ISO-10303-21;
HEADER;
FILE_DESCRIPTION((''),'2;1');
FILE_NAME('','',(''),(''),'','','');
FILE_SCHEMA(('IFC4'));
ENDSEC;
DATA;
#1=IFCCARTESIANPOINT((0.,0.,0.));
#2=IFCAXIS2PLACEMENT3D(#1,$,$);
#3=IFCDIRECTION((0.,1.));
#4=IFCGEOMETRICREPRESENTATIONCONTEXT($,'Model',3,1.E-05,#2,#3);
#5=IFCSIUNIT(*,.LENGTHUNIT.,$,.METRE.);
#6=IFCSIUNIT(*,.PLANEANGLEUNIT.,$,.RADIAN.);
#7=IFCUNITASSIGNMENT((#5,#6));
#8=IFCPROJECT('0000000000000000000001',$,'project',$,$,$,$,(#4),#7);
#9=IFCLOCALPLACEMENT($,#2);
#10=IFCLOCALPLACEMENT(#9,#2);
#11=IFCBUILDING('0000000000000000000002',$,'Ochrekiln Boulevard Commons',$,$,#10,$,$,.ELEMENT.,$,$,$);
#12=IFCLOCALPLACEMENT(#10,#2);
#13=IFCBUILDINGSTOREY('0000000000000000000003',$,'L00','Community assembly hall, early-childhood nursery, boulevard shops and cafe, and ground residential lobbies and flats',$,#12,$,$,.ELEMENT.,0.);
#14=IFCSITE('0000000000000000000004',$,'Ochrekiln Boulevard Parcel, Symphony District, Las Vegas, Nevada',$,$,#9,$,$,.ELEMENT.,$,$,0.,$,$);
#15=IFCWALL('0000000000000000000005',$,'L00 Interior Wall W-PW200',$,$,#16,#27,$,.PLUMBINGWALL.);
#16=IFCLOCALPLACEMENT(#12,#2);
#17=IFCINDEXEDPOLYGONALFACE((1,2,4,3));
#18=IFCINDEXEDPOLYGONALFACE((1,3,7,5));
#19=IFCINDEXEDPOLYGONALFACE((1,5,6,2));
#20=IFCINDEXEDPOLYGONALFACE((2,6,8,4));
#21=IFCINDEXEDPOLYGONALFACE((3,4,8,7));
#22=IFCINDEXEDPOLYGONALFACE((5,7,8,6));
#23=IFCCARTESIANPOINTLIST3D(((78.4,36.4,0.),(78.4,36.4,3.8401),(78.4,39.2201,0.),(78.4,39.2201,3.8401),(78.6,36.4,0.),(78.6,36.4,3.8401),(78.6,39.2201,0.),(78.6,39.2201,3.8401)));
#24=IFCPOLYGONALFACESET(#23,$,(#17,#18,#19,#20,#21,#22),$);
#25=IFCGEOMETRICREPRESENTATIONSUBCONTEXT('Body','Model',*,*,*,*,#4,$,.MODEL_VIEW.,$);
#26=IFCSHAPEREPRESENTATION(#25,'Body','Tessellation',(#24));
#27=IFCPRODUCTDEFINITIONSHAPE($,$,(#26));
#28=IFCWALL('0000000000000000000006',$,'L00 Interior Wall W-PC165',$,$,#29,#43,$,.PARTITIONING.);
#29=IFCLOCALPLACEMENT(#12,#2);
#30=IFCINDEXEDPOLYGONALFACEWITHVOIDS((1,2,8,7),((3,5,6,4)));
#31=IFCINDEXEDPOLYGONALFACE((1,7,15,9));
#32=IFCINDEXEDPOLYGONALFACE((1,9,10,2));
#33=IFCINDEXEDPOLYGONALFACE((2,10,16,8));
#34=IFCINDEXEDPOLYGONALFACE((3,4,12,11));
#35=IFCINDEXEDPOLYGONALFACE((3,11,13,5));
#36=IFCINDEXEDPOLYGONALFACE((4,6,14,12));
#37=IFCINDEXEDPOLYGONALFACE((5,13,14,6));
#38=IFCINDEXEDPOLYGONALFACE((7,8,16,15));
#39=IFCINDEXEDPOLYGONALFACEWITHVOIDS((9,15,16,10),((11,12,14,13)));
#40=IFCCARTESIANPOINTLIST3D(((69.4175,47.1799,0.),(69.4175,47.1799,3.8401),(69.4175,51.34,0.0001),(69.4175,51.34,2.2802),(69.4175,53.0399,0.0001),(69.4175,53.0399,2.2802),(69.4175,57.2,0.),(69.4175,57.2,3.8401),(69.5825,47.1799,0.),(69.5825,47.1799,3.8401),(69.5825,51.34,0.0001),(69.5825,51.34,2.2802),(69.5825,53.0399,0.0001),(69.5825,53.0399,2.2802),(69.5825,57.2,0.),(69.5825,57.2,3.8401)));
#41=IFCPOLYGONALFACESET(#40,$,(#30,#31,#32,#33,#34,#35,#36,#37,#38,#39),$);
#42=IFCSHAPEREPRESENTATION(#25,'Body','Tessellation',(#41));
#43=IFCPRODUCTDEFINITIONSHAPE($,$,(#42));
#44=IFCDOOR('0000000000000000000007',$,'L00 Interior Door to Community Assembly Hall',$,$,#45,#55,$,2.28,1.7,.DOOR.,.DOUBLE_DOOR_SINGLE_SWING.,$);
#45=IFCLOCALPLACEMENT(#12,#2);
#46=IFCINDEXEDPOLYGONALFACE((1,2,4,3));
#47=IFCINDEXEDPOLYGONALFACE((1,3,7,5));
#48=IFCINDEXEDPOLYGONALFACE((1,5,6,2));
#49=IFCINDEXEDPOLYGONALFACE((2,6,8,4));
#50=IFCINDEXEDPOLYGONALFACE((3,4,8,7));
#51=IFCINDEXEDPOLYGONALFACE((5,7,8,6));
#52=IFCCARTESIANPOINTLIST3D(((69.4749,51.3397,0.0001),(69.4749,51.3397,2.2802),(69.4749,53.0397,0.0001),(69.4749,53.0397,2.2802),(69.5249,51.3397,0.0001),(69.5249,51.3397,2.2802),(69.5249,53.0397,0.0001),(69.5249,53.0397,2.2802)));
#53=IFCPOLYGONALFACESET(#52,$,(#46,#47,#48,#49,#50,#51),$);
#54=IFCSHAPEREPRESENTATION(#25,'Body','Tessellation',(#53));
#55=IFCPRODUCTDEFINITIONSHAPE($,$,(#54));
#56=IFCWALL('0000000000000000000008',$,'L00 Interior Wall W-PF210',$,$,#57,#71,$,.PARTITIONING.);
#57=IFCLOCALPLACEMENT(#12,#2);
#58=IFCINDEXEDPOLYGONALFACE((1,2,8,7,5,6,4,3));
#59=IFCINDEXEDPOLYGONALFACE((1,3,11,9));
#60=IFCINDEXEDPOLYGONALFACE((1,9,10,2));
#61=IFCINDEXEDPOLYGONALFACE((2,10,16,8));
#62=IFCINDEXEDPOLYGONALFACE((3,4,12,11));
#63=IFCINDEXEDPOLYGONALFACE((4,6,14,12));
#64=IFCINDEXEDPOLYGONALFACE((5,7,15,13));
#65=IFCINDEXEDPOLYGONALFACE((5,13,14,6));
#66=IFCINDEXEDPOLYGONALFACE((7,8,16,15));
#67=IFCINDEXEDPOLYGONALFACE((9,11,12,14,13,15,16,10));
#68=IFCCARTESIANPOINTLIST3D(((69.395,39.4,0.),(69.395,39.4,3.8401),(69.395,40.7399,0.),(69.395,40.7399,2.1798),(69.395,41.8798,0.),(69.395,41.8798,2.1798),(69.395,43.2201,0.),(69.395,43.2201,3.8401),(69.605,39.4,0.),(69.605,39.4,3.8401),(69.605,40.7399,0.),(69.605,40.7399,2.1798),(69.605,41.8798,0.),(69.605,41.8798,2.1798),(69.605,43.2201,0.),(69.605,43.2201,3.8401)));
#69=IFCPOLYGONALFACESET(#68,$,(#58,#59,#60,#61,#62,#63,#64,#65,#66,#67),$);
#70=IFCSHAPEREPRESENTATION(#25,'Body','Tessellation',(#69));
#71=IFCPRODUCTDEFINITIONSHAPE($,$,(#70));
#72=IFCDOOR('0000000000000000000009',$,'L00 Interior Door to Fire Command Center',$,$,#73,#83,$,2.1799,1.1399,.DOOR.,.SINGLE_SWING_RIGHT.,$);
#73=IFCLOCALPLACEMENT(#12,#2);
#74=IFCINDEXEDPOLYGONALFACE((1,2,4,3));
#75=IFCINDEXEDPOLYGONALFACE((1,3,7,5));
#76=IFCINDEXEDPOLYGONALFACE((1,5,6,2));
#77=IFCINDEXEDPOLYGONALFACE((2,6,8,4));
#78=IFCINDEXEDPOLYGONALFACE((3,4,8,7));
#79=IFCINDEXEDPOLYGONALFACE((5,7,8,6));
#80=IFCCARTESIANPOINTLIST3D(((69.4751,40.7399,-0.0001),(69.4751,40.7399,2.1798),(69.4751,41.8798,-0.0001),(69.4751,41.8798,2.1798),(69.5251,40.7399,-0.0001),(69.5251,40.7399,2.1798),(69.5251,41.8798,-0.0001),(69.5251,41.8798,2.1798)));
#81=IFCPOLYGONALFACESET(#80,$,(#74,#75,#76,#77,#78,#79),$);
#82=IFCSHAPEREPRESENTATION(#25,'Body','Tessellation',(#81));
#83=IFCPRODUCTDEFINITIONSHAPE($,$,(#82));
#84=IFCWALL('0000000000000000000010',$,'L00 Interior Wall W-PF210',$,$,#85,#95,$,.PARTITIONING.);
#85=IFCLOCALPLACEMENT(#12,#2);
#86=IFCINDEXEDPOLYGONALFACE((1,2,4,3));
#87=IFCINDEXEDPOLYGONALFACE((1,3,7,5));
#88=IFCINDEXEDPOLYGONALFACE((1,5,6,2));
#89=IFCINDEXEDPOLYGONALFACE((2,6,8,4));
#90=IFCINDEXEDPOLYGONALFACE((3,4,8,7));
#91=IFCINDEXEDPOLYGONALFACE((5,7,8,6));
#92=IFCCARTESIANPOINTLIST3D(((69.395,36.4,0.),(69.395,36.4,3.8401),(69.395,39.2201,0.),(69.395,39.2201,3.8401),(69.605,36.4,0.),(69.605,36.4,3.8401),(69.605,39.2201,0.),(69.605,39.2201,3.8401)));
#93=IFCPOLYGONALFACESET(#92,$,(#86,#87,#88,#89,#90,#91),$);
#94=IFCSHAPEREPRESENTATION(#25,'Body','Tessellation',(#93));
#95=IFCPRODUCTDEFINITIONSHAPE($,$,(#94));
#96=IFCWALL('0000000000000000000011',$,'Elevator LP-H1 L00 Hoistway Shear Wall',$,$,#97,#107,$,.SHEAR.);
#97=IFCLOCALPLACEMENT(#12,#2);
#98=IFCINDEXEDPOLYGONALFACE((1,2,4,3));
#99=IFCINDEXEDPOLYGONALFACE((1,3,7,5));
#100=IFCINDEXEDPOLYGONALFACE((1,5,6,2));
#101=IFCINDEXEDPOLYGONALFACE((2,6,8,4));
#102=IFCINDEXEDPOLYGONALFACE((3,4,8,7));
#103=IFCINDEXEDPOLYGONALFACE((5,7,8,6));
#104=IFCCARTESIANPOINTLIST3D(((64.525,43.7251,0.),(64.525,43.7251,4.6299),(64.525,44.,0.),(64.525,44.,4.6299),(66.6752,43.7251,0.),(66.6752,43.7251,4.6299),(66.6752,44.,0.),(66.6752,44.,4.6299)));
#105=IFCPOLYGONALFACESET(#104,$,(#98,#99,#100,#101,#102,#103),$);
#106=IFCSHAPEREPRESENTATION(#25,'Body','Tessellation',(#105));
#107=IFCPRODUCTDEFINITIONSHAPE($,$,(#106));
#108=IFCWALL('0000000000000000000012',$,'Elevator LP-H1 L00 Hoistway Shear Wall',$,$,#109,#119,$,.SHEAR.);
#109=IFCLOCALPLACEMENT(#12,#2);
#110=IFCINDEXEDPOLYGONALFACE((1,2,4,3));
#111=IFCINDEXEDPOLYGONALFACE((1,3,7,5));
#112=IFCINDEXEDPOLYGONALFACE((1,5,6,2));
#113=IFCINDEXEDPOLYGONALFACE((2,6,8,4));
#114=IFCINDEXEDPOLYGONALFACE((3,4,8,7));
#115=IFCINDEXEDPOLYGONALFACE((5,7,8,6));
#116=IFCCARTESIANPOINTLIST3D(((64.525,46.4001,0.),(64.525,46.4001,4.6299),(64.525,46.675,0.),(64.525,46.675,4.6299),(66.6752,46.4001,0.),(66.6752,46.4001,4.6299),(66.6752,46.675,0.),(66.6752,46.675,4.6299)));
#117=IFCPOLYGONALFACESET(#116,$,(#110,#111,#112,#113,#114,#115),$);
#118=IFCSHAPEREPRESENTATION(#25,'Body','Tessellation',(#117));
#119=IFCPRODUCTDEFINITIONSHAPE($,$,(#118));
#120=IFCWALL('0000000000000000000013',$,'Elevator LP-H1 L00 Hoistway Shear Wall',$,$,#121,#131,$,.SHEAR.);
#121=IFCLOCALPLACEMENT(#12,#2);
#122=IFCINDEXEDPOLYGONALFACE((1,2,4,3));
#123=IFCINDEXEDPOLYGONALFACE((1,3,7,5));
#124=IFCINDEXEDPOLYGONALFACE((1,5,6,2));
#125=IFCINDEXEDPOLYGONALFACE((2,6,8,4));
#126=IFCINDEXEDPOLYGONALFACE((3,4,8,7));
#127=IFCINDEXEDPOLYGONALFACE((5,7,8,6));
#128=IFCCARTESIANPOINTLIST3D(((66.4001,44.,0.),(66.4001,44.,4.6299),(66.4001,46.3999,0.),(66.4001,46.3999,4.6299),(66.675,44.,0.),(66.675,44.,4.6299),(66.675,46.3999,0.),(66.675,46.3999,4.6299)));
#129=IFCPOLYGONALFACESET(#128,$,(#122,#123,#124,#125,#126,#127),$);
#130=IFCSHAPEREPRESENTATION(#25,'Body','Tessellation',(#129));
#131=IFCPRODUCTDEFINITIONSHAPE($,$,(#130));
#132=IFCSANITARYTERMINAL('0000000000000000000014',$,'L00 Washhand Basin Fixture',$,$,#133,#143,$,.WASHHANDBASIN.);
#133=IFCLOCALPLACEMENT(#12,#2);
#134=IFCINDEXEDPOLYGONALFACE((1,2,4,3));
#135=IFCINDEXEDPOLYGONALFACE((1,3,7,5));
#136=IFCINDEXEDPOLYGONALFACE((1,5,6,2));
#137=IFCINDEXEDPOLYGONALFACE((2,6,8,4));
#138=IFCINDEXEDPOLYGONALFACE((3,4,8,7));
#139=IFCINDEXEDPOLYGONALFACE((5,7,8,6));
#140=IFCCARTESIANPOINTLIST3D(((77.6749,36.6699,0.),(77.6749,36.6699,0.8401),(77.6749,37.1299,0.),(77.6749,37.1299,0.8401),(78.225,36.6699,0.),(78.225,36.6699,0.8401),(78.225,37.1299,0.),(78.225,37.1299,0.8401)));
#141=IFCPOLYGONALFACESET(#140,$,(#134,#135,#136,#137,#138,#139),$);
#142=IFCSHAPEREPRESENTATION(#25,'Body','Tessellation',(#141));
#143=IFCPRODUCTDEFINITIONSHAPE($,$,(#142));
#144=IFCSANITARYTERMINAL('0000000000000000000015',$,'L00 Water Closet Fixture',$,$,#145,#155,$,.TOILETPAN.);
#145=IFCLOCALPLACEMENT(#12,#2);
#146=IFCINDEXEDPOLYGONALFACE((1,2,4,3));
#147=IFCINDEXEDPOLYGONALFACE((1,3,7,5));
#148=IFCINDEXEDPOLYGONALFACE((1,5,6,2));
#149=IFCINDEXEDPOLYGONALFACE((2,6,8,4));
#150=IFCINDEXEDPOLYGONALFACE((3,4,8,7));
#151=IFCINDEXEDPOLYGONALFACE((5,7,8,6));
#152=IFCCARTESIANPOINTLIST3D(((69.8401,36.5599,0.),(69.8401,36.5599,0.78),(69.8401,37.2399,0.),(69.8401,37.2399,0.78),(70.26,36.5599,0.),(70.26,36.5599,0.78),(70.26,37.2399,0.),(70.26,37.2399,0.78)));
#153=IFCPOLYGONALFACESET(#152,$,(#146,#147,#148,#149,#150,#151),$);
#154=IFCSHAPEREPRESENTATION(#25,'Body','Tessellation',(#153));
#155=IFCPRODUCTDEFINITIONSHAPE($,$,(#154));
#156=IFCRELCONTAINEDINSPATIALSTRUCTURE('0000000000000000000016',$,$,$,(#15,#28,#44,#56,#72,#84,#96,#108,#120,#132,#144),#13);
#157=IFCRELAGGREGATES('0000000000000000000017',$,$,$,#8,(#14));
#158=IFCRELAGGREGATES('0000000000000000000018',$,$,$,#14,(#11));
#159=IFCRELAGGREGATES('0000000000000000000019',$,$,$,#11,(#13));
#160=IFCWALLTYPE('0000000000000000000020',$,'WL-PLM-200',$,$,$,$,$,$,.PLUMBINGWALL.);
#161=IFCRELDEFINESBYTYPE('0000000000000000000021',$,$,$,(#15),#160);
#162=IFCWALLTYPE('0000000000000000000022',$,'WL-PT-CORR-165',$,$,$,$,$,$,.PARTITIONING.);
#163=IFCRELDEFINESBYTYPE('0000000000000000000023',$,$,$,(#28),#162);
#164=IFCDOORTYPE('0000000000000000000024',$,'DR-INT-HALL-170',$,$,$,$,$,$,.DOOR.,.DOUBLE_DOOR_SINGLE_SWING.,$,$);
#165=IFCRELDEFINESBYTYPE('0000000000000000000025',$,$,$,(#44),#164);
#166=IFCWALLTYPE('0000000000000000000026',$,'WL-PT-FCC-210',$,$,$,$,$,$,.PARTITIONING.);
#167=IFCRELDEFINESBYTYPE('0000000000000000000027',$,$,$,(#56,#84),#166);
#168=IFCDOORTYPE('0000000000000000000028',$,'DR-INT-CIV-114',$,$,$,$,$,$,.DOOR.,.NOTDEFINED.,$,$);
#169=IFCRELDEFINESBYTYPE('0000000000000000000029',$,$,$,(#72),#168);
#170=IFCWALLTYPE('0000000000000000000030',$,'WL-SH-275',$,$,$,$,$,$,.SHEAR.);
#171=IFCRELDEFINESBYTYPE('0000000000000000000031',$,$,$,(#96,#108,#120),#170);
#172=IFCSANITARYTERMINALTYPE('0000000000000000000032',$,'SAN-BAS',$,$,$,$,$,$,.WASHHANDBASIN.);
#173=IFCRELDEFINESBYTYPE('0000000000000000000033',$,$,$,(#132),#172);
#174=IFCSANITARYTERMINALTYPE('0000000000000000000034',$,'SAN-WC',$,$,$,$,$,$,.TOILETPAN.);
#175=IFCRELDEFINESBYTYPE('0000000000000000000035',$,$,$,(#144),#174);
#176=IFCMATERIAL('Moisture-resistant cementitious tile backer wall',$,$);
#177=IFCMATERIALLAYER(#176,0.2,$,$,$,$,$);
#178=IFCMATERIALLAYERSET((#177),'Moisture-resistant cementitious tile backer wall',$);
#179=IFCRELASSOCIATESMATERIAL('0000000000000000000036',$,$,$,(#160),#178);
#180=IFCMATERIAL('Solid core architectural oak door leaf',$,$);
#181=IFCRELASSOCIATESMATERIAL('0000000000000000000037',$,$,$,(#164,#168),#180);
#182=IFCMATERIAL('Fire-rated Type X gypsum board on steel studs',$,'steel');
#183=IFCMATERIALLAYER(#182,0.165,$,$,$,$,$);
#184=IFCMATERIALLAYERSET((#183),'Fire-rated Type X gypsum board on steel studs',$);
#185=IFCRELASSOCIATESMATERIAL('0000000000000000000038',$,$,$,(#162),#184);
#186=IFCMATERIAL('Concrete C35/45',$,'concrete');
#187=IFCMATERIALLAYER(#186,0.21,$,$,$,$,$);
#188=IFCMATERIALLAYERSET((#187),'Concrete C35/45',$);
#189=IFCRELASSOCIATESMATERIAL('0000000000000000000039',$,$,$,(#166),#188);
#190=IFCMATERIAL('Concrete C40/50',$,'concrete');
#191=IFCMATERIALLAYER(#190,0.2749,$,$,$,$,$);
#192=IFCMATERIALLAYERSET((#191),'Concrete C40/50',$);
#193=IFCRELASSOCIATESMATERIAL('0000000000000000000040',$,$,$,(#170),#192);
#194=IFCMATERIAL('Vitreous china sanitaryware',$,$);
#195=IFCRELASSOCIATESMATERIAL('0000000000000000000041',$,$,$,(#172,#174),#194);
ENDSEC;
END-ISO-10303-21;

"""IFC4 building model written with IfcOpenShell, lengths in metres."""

from ifc_helpers import new_model, si_unit, direction, frame, frame_2d, origin, origin_2d, place, context, subcontext, project, spatial, rectangle, extrude, material, layer, layer_set, type_object, element, fill, save


model = new_model("IFC4")

# Units and contexts
model_context = context("Model", 3, precision=1e-05, world=origin(), true_north=direction((0.0, 1.0)))
body_context = subcontext(model_context, "Body", "Model", "MODEL_VIEW")
ifc_project = project(units=[si_unit("LENGTHUNIT", "METRE"), si_unit("PLANEANGLEUNIT", "RADIAN")], contexts=[model_context])

# Site, building, storey
site_placement = place(None, origin())
site = spatial("IfcSite", under=ifc_project, at=site_placement, Name="Ochrekiln Boulevard Parcel, Symphony District, Las Vegas, Nevada", CompositionType="ELEMENT", RefElevation=0.0)
building_placement = place(site_placement, origin())
building = spatial("IfcBuilding", under=site, at=building_placement, Name="Ochrekiln Boulevard Commons", CompositionType="ELEMENT")
storey_placement = place(building_placement, origin())
storey = spatial("IfcBuildingStorey", under=building, at=storey_placement, Name="L00", Description="Community assembly hall, early-childhood nursery, boulevard shops and cafe, and ground residential lobbies and flats", CompositionType="ELEMENT", Elevation=0.0)

# Shared definitions
ifc_material_1 = material(Name="Concrete C40/50", Category="concrete")

# Shared definitions
ifc_material_2 = material(Name="Concrete C35/45", Category="concrete")

# Shared definitions
ifc_material_3 = material(Name="Moisture-resistant cementitious tile backer wall")
ifc_layer_1 = layer(ifc_material_3, 0.2)
ifc_layer_set_1 = layer_set([ifc_layer_1], Name="Moisture-resistant cementitious tile backer wall")
wall_type_1 = type_object("IfcWallType", Name="WL-PLM-200", PredefinedType="PLUMBINGWALL", material=ifc_layer_set_1)
ifc_material_4 = material(Name="Solid core architectural oak door leaf")
door_type_1 = type_object("IfcDoorType", Name="DR-INT-HALL-170", OperationType="DOUBLE_DOOR_SINGLE_SWING", PredefinedType="DOOR", material=ifc_material_4)

# Wall
wall_1_placement = place(storey_placement, frame((78.5, 36.3999, 0.0), z_axis=(0.0, 0.0, 1.0), x_axis=(0.0, 1.0, 0.0)))
element("IfcWall", 1, at=wall_1_placement, inside=storey, type_object=wall_type_1, Name="L00 Interior Wall W-PW200", PredefinedType="PLUMBINGWALL", context=body_context, shape_type="SweptSolid", body=[
    extrude(rectangle(XDim=2.8201, YDim=0.2, at=frame_2d((1.4102, 0.0))), origin(), (0.0, 0.0, 1.0), 3.8401),
])

# Walls, openings, doors
ifc_material_5 = material(Name="Fire-rated Type X gypsum board on steel studs", Category="steel")
ifc_layer_2 = layer(ifc_material_5, 0.165)
ifc_layer_set_2 = layer_set([ifc_layer_2], Name="Fire-rated Type X gypsum board on steel studs")
wall_type_2 = type_object("IfcWallType", Name="WL-PT-CORR-165", PredefinedType="PARTITIONING", material=ifc_layer_set_2)
wall_2_placement = place(storey_placement, frame((69.5, 47.1799, 0.0), z_axis=(0.0, 0.0, 1.0), x_axis=(0.0, 1.0, 0.0)))
wall_2 = element("IfcWall", 2, at=wall_2_placement, inside=storey, type_object=wall_type_2, Name="L00 Interior Wall W-PC165", PredefinedType="PARTITIONING", context=body_context, shape_type="SweptSolid", body=[
    extrude(rectangle(XDim=10.02, YDim=0.165, at=frame_2d((5.01, 0.0))), origin(), (0.0, 0.0, 1.0), 3.8401),
])
opening_1_placement = place(wall_2_placement, frame((4.1599, 0.0, 0.0)))
opening_1 = element("IfcOpeningElement", 3, at=opening_1_placement, cuts=wall_2, PredefinedType="OPENING", context=body_context, shape_type="SweptSolid", body=[
    extrude(rectangle(XDim=1.7, YDim=2.28, at=frame_2d((0.8501, 1.1401))), frame((0.0, 0.0925, 0.0), z_axis=(0.0, -1.0, 0.0), x_axis=(1.0, 0.0, 0.0)), (0.0, 0.0, 1.0), 0.1851),
])
door_1_placement = place(opening_1_placement, frame((1.7, 0.0, 0.0), z_axis=(0.0, 0.0, 1.0), x_axis=(-1.0, 0.0, 0.0)))
door_1 = element("IfcDoor", 4, at=door_1_placement, inside=storey, type_object=door_type_1, Name="L00 Interior Door to Community Assembly Hall", OperationType="DOUBLE_DOOR_SINGLE_SWING", OverallHeight=2.28, OverallWidth=1.7, PredefinedType="DOOR", context=body_context, shape_type="SweptSolid", body=[
    extrude(rectangle(XDim=1.7, YDim=2.28, at=frame_2d((0.8501, 1.1401))), frame((0.0, 0.0249, 0.0), z_axis=(0.0, -1.0, 0.0), x_axis=(1.0, 0.0, 0.0)), (0.0, 0.0, 1.0), 0.05),
])
fill(opening_1, door_1)
ifc_layer_3 = layer(ifc_material_2, 0.21)
ifc_layer_set_3 = layer_set([ifc_layer_3], Name="Concrete C35/45")
wall_type_3 = type_object("IfcWallType", Name="WL-PT-FCC-210", PredefinedType="PARTITIONING", material=ifc_layer_set_3)
wall_3_placement = place(storey_placement, frame((69.5, 39.3999, 0.0), z_axis=(0.0, 0.0, 1.0), x_axis=(0.0, 1.0, 0.0)))
wall_3 = element("IfcWall", 5, at=wall_3_placement, inside=storey, type_object=wall_type_3, Name="L00 Interior Wall W-PF210", PredefinedType="PARTITIONING", context=body_context, shape_type="SweptSolid", body=[
    extrude(rectangle(XDim=3.8201, YDim=0.21, at=frame_2d((1.9102, 0.0))), origin(), (0.0, 0.0, 1.0), 3.8401),
])
opening_2_placement = place(wall_3_placement, frame((1.3401, 0.0, 0.0)))
opening_2 = element("IfcOpeningElement", 6, at=opening_2_placement, cuts=wall_3, PredefinedType="OPENING", context=body_context, shape_type="SweptSolid", body=[
    extrude(rectangle(XDim=1.1399, YDim=2.1799, at=frame_2d((0.5698, 1.0898))), frame((0.0, 0.115, 0.0), z_axis=(0.0, -1.0, 0.0), x_axis=(1.0, 0.0, 0.0)), (0.0, 0.0, 1.0), 0.23),
])
door_type_2 = type_object("IfcDoorType", Name="DR-INT-CIV-114", OperationType="NOTDEFINED", PredefinedType="DOOR", material=ifc_material_4)
door_2_placement = place(opening_2_placement, origin())
door_2 = element("IfcDoor", 7, at=door_2_placement, inside=storey, type_object=door_type_2, Name="L00 Interior Door to Fire Command Center", OperationType="SINGLE_SWING_RIGHT", OverallHeight=2.1799, OverallWidth=1.1399, PredefinedType="DOOR", context=body_context, shape_type="SweptSolid", body=[
    extrude(rectangle(XDim=1.1399, YDim=2.1799, at=frame_2d((0.5698, 1.0898))), frame((0.0, 0.0249, 0.0), z_axis=(0.0, -1.0, 0.0), x_axis=(1.0, 0.0, 0.0)), (0.0, 0.0, 1.0), 0.05),
])
fill(opening_2, door_2)

# Walls
wall_4_placement = place(storey_placement, frame((69.5, 36.3999, 0.0), z_axis=(0.0, 0.0, 1.0), x_axis=(0.0, 1.0, 0.0)))
element("IfcWall", 8, at=wall_4_placement, inside=storey, type_object=wall_type_3, Name="L00 Interior Wall W-PF210", PredefinedType="PARTITIONING", context=body_context, shape_type="SweptSolid", body=[
    extrude(rectangle(XDim=2.8201, YDim=0.21, at=frame_2d((1.4102, 0.0))), origin(), (0.0, 0.0, 1.0), 3.8401),
])
ifc_layer_4 = layer(ifc_material_1, 0.2749)
ifc_layer_set_4 = layer_set([ifc_layer_4], Name="Concrete C40/50")
wall_type_4 = type_object("IfcWallType", Name="WL-SH-275", PredefinedType="SHEAR", material=ifc_layer_set_4)
for number, where, z_axis, x_axis, name in (
    (9, (64.5249, 43.8625, 0.0), (0.0, 0.0, 1.0), (1.0, 0.0, 0.0), "Elevator LP-H1 L00 Hoistway Shear Wall"),
    (10, (64.5249, 46.5376, 0.0), (0.0, 0.0, 1.0), (1.0, 0.0, 0.0), "Elevator LP-H1 L00 Hoistway Shear Wall"),
):
    element("IfcWall", number, at=place(storey_placement, frame(where, z_axis=z_axis, x_axis=x_axis)), inside=storey, type_object=wall_type_4, Name=name, PredefinedType="SHEAR", context=body_context, shape_type="SweptSolid", body=[
        extrude(rectangle(XDim=2.1501, YDim=0.2749, at=frame_2d((1.0752, 0.0))), origin(), (0.0, 0.0, 1.0), 4.6299),
    ])

# Wall
wall_5_placement = place(storey_placement, frame((66.5376, 44.0, 0.0), z_axis=(0.0, 0.0, 1.0), x_axis=(0.0, 1.0, 0.0)))
element("IfcWall", 11, at=wall_5_placement, inside=storey, type_object=wall_type_4, Name="Elevator LP-H1 L00 Hoistway Shear Wall", PredefinedType="SHEAR", context=body_context, shape_type="SweptSolid", body=[
    extrude(rectangle(XDim=2.3999, YDim=0.2749, at=frame_2d((1.2, 0.0))), origin(), (0.0, 0.0, 1.0), 4.6299),
])

# Sanitary terminals
ifc_material_6 = material(Name="Vitreous china sanitaryware")
sanitary_terminal_type_1 = type_object("IfcSanitaryTerminalType", Name="SAN-BAS", PredefinedType="WASHHANDBASIN", material=ifc_material_6)
sanitary_terminal_1_placement = place(storey_placement, frame((77.95, 36.8999, 0.0), z_axis=(0.0, 0.0, 1.0), x_axis=(1.0, 0.0, 0.0)))
element("IfcSanitaryTerminal", 12, at=sanitary_terminal_1_placement, inside=storey, type_object=sanitary_terminal_type_1, Name="L00 Washhand Basin Fixture", PredefinedType="WASHHANDBASIN", context=body_context, shape_type="SweptSolid", body=[
    extrude(rectangle(XDim=0.55, YDim=0.46, at=origin_2d()), origin(), (0.0, 0.0, 1.0), 0.8401),
])
sanitary_terminal_type_2 = type_object("IfcSanitaryTerminalType", Name="SAN-WC", PredefinedType="TOILETPAN", material=ifc_material_6)
sanitary_terminal_2_placement = place(storey_placement, frame((70.05, 36.8999, 0.0), z_axis=(0.0, 0.0, 1.0), x_axis=(1.0, 0.0, 0.0)))
element("IfcSanitaryTerminal", 13, at=sanitary_terminal_2_placement, inside=storey, type_object=sanitary_terminal_type_2, Name="L00 Water Closet Fixture", PredefinedType="TOILETPAN", context=body_context, shape_type="SweptSolid", body=[
    extrude(rectangle(XDim=0.4199, YDim=0.6799, at=origin_2d()), origin(), (0.0, 0.0, 1.0), 0.78),
])

save(model, "model.ifc")
